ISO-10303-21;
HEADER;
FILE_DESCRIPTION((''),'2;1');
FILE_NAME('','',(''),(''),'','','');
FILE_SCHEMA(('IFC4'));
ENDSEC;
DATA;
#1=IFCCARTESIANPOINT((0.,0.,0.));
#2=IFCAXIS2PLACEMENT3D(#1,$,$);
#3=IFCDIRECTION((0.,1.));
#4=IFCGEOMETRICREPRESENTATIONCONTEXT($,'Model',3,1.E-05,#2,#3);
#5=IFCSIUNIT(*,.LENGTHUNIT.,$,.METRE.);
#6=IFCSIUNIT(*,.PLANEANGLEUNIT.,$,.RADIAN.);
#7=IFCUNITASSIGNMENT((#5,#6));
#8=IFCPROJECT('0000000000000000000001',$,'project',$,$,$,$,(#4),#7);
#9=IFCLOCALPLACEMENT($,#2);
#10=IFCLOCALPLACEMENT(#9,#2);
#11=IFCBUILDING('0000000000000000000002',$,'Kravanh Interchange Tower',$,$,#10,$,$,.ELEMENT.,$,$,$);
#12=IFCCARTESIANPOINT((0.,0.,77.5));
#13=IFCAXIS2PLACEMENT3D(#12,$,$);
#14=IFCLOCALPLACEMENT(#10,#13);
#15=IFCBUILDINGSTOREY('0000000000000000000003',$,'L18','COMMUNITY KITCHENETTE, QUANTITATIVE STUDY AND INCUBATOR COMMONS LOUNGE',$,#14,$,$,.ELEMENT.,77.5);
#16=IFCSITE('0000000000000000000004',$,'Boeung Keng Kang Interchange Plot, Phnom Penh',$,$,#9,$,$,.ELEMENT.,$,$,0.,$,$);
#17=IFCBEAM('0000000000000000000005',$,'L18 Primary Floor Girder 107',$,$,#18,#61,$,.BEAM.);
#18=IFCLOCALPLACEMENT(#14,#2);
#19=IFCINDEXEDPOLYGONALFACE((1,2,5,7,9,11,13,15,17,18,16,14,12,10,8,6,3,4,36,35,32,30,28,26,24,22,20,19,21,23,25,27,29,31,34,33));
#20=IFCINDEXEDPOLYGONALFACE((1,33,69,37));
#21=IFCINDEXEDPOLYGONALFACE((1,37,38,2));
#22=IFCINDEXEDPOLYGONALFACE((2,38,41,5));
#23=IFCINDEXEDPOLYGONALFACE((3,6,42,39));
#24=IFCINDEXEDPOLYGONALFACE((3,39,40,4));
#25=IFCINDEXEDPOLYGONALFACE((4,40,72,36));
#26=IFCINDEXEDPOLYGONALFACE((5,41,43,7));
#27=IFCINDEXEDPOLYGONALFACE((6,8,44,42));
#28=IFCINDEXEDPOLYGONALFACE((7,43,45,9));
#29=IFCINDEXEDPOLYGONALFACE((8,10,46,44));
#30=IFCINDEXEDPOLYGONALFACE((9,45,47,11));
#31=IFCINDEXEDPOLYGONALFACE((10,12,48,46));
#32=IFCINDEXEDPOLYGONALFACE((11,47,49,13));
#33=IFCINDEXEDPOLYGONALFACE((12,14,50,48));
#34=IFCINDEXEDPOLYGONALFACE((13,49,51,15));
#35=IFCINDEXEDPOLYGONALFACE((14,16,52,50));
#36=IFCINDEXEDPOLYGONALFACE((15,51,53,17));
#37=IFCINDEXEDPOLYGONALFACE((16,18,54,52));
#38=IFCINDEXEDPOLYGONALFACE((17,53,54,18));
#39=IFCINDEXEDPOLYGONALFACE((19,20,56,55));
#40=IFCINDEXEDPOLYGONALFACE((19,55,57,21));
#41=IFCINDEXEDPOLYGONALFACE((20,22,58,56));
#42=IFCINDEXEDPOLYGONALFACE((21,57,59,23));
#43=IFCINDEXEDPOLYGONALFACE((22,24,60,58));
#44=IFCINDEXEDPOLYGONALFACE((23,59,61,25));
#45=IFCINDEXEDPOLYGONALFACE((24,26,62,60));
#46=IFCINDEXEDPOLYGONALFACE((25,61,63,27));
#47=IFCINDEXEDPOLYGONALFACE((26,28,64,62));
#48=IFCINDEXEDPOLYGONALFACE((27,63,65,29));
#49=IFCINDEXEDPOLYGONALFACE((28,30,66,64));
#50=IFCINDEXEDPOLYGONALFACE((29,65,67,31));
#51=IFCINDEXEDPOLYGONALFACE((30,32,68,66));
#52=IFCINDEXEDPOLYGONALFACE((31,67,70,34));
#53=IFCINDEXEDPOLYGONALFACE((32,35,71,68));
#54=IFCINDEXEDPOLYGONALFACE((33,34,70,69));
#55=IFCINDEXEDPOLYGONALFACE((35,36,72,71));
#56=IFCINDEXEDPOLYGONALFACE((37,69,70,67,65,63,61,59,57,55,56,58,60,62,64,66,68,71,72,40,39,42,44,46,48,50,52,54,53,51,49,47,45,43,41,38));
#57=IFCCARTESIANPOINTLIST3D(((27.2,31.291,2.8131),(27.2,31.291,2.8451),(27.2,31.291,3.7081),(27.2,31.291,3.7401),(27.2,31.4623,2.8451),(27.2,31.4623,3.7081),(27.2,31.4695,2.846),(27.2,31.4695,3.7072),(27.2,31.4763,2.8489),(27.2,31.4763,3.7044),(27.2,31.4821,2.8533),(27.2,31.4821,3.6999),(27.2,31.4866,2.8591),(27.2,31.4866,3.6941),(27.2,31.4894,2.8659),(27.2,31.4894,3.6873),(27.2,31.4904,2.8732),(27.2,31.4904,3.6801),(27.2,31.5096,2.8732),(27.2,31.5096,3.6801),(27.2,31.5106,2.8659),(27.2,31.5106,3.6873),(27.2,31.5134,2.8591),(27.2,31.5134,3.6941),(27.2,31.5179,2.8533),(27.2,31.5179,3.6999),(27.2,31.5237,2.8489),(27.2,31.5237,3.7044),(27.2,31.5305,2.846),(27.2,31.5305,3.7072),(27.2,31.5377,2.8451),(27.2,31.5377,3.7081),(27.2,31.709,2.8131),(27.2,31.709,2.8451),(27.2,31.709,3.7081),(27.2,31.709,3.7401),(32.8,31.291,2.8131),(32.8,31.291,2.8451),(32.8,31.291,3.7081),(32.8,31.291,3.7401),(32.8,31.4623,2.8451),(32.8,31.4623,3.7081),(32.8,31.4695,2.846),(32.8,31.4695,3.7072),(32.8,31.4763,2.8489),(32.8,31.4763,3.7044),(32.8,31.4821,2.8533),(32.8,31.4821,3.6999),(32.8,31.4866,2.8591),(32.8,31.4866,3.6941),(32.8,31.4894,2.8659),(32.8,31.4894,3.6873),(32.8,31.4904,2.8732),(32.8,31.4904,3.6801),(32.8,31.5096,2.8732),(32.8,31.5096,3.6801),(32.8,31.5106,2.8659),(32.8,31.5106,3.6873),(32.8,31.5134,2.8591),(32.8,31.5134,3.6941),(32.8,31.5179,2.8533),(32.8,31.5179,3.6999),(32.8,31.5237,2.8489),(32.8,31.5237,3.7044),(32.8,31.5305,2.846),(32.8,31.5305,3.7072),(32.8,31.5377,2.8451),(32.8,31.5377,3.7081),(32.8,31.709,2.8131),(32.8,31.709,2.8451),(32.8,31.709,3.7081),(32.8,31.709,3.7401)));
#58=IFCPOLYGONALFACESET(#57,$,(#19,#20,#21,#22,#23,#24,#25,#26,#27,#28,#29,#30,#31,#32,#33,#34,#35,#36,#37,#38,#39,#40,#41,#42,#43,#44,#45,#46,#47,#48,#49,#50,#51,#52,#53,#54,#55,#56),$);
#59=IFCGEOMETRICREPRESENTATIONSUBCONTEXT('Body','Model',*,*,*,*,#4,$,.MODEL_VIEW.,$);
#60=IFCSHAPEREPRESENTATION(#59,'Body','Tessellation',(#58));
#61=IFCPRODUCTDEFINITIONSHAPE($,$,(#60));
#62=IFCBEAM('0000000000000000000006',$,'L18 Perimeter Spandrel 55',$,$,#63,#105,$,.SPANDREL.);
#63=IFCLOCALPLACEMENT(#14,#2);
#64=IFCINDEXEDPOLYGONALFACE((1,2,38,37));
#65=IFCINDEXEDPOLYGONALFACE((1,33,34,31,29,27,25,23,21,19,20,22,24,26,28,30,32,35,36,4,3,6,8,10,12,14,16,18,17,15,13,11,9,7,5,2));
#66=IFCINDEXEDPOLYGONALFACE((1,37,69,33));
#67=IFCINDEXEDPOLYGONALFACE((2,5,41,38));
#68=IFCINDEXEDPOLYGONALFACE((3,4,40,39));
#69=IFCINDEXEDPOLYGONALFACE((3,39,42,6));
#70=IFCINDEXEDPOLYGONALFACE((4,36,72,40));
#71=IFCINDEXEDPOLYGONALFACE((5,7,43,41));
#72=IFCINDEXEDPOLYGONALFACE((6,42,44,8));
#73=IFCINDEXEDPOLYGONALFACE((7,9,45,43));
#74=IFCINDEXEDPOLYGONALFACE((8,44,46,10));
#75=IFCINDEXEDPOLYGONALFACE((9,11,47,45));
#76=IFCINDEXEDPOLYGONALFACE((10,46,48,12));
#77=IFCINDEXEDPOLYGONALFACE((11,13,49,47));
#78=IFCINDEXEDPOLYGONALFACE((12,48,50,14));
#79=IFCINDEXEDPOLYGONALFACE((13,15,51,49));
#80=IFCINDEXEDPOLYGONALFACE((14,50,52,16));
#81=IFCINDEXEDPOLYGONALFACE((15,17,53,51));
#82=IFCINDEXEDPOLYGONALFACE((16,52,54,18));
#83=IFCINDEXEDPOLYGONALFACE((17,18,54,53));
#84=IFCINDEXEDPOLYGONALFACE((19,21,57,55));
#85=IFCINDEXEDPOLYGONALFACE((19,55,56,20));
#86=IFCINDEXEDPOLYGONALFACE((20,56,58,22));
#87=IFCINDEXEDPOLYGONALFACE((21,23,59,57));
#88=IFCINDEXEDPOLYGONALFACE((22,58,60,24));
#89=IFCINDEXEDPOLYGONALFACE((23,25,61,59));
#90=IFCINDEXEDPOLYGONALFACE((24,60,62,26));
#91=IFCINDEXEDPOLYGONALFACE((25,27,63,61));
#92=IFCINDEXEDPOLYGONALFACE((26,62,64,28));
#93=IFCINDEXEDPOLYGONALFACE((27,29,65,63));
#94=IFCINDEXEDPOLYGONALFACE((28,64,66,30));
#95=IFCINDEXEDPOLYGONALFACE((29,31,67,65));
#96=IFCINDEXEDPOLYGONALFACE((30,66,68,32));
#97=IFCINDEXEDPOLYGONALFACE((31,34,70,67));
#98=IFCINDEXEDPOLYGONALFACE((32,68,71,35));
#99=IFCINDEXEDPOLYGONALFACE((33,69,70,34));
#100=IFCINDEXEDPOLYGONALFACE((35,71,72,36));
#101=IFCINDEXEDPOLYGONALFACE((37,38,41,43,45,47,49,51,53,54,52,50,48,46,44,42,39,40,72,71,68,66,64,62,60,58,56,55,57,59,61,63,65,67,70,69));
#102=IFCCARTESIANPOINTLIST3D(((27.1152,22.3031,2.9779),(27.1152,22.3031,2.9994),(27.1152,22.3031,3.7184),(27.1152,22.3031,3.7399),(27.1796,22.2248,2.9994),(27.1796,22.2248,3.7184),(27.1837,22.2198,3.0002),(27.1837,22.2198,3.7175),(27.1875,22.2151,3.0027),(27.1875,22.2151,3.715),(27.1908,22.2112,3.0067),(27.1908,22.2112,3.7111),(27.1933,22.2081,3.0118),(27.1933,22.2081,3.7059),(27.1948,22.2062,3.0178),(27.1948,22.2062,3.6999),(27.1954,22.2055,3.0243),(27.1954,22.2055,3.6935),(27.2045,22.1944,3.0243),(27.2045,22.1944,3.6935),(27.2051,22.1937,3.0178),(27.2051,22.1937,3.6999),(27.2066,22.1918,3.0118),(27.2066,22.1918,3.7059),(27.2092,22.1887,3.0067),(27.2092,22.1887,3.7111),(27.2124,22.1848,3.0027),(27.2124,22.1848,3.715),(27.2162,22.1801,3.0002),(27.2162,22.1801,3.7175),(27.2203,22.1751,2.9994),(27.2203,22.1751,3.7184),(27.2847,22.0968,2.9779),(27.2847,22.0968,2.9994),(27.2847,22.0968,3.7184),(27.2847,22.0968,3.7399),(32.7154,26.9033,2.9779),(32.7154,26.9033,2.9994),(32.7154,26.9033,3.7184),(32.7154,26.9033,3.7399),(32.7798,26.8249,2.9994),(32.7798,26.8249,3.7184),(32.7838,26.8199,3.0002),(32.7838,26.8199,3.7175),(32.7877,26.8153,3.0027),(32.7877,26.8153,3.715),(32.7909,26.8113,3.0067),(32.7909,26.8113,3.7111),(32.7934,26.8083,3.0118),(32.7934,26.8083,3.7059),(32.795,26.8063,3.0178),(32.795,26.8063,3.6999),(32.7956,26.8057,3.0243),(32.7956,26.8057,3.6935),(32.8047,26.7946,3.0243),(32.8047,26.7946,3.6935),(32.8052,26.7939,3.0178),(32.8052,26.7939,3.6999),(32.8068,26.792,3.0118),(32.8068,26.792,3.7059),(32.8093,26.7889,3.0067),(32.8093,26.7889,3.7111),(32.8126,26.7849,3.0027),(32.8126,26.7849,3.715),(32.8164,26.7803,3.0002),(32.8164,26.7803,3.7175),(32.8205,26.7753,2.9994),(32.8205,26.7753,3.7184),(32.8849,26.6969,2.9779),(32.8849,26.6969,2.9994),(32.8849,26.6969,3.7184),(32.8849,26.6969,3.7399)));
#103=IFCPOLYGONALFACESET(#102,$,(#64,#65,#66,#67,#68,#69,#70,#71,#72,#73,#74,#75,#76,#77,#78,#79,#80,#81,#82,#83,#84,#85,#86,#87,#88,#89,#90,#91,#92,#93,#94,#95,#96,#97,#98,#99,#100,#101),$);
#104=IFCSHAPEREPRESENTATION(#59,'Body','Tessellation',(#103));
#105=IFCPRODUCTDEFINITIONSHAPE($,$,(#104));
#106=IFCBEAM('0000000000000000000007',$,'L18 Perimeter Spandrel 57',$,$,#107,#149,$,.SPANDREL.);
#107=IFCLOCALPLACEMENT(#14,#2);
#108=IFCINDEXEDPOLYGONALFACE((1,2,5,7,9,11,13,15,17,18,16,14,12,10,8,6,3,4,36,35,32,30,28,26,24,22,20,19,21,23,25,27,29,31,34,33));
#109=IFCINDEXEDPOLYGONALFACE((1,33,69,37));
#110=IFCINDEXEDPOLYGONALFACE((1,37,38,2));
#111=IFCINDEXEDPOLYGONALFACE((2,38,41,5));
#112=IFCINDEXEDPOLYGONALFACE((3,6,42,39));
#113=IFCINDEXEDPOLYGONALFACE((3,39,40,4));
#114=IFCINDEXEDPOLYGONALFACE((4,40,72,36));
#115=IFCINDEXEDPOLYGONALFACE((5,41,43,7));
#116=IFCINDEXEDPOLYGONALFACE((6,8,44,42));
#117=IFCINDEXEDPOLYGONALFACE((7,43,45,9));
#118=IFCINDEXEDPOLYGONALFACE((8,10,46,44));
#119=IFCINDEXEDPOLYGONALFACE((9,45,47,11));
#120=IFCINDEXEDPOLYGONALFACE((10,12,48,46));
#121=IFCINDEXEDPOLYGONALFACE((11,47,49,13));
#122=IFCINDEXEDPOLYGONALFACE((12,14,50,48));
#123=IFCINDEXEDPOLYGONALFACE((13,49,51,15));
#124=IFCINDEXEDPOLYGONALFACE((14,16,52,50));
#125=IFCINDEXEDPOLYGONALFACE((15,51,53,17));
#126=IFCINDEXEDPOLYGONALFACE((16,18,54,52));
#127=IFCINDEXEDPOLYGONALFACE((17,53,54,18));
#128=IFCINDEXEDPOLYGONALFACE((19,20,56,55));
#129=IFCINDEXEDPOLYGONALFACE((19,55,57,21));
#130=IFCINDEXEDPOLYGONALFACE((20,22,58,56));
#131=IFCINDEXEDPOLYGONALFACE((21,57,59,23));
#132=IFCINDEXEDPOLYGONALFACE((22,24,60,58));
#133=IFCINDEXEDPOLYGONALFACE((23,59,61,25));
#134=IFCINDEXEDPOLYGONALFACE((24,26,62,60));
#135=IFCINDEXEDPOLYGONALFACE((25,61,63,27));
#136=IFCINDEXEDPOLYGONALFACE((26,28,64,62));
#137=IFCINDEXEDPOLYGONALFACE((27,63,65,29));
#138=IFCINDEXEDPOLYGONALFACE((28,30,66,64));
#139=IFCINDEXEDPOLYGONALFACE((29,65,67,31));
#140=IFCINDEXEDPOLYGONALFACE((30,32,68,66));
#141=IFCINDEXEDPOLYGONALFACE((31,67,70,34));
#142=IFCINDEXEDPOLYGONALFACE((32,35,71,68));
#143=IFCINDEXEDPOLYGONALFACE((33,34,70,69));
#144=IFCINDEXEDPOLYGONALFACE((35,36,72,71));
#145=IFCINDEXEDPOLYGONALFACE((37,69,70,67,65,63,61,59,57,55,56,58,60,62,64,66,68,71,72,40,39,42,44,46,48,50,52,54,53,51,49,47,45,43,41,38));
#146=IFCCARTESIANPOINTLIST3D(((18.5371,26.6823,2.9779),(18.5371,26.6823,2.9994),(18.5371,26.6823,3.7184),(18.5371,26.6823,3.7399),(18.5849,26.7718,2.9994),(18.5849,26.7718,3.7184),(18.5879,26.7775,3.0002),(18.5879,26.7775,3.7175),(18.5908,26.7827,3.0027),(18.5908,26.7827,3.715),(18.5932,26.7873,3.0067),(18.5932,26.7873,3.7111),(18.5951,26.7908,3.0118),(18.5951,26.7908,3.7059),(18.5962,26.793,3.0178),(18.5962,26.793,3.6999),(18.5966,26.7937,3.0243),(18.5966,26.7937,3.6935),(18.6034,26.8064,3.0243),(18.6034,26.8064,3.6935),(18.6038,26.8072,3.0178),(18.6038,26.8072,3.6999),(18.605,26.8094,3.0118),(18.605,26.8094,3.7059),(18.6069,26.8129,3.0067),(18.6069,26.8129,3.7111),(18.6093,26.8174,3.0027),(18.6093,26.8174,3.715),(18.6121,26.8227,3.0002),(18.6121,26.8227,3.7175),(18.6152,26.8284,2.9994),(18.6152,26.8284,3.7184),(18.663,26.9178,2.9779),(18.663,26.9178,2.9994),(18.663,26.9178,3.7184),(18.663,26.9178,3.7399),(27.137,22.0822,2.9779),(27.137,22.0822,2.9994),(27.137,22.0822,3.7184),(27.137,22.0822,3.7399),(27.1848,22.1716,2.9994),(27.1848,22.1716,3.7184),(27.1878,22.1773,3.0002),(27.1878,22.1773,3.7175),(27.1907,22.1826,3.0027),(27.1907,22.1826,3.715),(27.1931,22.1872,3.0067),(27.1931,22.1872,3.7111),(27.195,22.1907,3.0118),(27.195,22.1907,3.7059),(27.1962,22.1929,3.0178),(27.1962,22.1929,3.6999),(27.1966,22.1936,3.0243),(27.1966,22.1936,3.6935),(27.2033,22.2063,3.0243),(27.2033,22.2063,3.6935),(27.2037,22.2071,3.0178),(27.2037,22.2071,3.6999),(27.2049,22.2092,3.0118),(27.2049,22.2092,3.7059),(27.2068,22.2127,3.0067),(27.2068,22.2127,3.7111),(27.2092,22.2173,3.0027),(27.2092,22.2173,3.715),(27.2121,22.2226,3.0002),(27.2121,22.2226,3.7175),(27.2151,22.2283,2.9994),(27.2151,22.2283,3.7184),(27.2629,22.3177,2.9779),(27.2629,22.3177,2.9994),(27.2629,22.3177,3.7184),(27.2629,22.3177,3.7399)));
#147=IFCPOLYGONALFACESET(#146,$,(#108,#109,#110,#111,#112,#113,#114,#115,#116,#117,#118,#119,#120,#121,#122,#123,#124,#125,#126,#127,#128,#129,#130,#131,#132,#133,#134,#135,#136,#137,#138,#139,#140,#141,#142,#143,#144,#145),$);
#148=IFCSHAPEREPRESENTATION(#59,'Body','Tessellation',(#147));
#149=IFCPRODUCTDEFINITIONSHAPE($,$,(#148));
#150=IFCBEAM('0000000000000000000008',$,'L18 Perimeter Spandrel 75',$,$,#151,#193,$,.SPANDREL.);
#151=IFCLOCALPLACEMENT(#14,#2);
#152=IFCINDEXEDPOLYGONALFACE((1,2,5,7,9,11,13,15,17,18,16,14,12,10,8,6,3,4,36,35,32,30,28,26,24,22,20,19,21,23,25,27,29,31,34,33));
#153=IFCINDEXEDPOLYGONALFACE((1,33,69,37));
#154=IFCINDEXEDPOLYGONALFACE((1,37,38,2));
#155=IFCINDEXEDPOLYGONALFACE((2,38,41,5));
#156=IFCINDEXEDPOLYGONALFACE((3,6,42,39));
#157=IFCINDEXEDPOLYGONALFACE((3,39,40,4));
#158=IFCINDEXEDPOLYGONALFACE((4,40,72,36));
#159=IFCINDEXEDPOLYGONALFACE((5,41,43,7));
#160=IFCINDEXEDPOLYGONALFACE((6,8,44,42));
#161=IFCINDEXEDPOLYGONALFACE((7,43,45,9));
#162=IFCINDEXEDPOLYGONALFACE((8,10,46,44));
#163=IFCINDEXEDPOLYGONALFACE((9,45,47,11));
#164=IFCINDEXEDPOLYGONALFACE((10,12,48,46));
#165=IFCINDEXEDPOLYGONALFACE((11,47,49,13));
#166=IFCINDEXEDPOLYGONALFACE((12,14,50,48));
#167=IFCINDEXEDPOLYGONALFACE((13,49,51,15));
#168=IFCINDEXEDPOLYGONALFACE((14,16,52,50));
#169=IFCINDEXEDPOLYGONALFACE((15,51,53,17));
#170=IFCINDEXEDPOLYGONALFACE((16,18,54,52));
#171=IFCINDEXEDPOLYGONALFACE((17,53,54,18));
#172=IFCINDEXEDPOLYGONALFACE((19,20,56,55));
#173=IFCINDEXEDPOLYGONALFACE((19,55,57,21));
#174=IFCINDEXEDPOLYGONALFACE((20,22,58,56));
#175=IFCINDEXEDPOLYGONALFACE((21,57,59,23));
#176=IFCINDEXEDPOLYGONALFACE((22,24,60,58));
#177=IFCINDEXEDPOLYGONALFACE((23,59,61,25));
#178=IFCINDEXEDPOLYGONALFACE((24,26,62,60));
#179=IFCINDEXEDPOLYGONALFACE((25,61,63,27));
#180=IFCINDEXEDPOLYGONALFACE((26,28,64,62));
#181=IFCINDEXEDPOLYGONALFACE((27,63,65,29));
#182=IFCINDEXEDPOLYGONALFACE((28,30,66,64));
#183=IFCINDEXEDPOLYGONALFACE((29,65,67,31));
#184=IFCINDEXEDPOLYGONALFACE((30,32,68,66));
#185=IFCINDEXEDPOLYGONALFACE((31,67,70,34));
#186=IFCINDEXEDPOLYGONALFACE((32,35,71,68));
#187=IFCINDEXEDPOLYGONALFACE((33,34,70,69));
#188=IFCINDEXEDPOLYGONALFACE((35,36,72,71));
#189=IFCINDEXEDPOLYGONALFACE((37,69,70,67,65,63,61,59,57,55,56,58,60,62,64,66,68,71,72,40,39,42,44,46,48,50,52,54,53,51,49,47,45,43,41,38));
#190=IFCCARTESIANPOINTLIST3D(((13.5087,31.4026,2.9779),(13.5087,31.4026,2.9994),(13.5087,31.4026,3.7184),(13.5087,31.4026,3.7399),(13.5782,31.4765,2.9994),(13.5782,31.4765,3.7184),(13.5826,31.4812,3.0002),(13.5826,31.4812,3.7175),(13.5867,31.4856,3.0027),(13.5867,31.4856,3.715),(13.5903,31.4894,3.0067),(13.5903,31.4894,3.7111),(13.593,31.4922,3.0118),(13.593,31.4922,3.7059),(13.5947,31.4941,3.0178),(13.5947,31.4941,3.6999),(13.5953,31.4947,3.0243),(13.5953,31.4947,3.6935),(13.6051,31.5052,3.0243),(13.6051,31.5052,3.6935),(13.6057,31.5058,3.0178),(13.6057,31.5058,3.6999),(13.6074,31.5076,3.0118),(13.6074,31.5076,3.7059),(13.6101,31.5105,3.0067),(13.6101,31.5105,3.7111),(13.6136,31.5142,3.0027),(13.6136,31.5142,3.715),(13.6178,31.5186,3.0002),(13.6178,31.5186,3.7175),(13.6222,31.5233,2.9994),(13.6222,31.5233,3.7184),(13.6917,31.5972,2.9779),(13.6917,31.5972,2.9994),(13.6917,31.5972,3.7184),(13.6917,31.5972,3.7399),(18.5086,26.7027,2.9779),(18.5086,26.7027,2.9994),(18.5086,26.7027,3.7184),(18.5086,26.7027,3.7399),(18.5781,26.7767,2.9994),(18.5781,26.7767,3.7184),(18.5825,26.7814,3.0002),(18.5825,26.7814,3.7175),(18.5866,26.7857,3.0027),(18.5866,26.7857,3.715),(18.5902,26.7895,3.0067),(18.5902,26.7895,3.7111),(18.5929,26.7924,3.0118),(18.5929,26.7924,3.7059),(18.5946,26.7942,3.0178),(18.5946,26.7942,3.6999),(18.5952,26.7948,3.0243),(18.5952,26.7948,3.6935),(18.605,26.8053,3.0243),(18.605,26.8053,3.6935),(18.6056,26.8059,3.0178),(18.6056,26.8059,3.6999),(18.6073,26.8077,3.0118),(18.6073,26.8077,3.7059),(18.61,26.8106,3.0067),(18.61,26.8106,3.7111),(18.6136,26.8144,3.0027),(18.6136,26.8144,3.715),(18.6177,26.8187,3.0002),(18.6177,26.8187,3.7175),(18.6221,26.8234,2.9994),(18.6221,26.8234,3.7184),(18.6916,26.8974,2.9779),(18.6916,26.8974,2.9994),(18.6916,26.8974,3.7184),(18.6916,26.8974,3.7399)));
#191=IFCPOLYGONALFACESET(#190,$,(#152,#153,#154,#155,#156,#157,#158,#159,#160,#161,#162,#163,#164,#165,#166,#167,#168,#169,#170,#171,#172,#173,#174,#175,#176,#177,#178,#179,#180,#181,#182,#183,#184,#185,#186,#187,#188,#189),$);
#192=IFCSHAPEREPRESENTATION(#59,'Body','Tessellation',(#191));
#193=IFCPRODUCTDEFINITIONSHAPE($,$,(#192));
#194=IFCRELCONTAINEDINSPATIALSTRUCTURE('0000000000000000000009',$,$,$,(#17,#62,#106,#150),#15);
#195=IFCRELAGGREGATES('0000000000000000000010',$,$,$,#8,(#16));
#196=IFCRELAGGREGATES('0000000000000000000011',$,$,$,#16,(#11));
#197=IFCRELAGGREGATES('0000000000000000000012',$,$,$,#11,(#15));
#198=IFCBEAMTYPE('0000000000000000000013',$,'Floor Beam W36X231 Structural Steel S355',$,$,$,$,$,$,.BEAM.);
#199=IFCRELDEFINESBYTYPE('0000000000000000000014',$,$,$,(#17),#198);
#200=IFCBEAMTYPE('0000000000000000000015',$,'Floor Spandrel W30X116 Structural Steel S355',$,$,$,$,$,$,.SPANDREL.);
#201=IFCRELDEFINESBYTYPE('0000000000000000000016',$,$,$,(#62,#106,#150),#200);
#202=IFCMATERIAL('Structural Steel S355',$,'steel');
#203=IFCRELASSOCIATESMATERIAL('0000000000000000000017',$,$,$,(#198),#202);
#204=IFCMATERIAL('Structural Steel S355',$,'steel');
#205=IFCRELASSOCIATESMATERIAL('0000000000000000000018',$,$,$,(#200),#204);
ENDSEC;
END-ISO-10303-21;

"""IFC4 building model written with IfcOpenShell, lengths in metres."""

from ifc_helpers import new_model, si_unit, direction, frame, origin, origin_2d, place, context, subcontext, project, spatial, i_section, extrude, material, material_profile, profile_set, type_object, element, save


model = new_model("IFC4")

# Units and contexts
model_context = context("Model", 3, precision=1e-05, world=origin(), true_north=direction((0.0, 1.0)))
body_context = subcontext(model_context, "Body", "Model", "MODEL_VIEW")
ifc_project = project(units=[si_unit("LENGTHUNIT", "METRE"), si_unit("PLANEANGLEUNIT", "RADIAN")], contexts=[model_context])

# Site, building, storey
site_placement = place(None, origin())
site = spatial("IfcSite", under=ifc_project, at=site_placement, Name="Boeung Keng Kang Interchange Plot, Phnom Penh", CompositionType="ELEMENT", RefElevation=0.0)
building_placement = place(site_placement, origin())
building = spatial("IfcBuilding", under=site, at=building_placement, Name="Kravanh Interchange Tower", CompositionType="ELEMENT")
storey_placement = place(building_placement, frame((0.0, 0.0, 77.5)))
storey = spatial("IfcBuildingStorey", under=building, at=storey_placement, Name="L18", Description="COMMUNITY KITCHENETTE, QUANTITATIVE STUDY AND INCUBATOR COMMONS LOUNGE", CompositionType="ELEMENT", Elevation=77.5)

# Beams
ifc_material_1 = material(Name="Structural Steel S355", Category="steel")
ifc_material_profile_1 = material_profile(ifc_material_1, i_section(OverallWidth=0.418, OverallDepth=0.927, WebThickness=0.0193, FlangeThickness=0.032, FilletRadius=0.0281, at=origin_2d()), Name="W36X231")
ifc_profile_set_1 = profile_set([ifc_material_profile_1], Name="Structural Steel S355")
beam_type_1 = type_object("IfcBeamType", Name="Floor Beam W36X231 Structural Steel S355", PredefinedType="BEAM", material=ifc_profile_set_1)
beam_1_placement = place(storey_placement, frame((27.2, 31.5, 3.2766), z_axis=(1.0, 0.0, 0.0), x_axis=(0.0, 1.0, 0.0)))
element("IfcBeam", 1, at=beam_1_placement, inside=storey, type_object=beam_type_1, Name="L18 Primary Floor Girder 107", PredefinedType="BEAM", context=body_context, shape_type="SweptSolid", body=[
    extrude(i_section(OverallWidth=0.418, OverallDepth=0.927, WebThickness=0.0193, FlangeThickness=0.032, FilletRadius=0.0281, at=origin_2d()), origin(), (0.0, 0.0, 1.0), 5.6001),
])
ifc_material_2 = material(Name="Structural Steel S355", Category="steel")
ifc_material_profile_2 = material_profile(ifc_material_2, i_section(OverallWidth=0.2671, OverallDepth=0.762, WebThickness=0.0144, FlangeThickness=0.0215, FilletRadius=0.0249, at=origin_2d()), Name="W30X116")
ifc_profile_set_2 = profile_set([ifc_material_profile_2], Name="Structural Steel S355")
beam_type_2 = type_object("IfcBeamType", Name="Floor Spandrel W30X116 Structural Steel S355", PredefinedType="SPANDREL", material=ifc_profile_set_2)
beam_2_placement = place(storey_placement, frame((27.2, 22.2, 3.3589), z_axis=(0.772725, 0.634741, 0.0), x_axis=(-0.634741, 0.772725, 0.0)))
element("IfcBeam", 2, at=beam_2_placement, inside=storey, type_object=beam_type_2, Name="L18 Perimeter Spandrel 55", PredefinedType="SPANDREL", context=body_context, shape_type="SweptSolid", body=[
    extrude(i_section(OverallWidth=0.2671, OverallDepth=0.762, WebThickness=0.0144, FlangeThickness=0.0215, FilletRadius=0.0249, at=origin_2d()), origin(), (0.0, 0.0, 1.0), 7.2473),
])
beam_3_placement = place(storey_placement, frame((27.2, 22.2, 3.3589), z_axis=(-0.881777, 0.471666, 0.0), x_axis=(-0.471666, -0.881777, 0.0)))
element("IfcBeam", 3, at=beam_3_placement, inside=storey, type_object=beam_type_2, Name="L18 Perimeter Spandrel 57", PredefinedType="SPANDREL", context=body_context, shape_type="SweptSolid", body=[
    extrude(i_section(OverallWidth=0.2671, OverallDepth=0.762, WebThickness=0.0144, FlangeThickness=0.0215, FilletRadius=0.0249, at=origin_2d()), origin(), (0.0, 0.0, 1.0), 9.7529),
])
beam_4_placement = place(storey_placement, frame((18.6001, 26.8, 3.3589), z_axis=(-0.728631, 0.684906, 0.0), x_axis=(-0.684906, -0.728631, 0.0)))
element("IfcBeam", 4, at=beam_4_placement, inside=storey, type_object=beam_type_2, Name="L18 Perimeter Spandrel 75", PredefinedType="SPANDREL", context=body_context, shape_type="SweptSolid", body=[
    extrude(i_section(OverallWidth=0.2671, OverallDepth=0.762, WebThickness=0.0144, FlangeThickness=0.0215, FilletRadius=0.0249, at=origin_2d()), origin(), (0.0, 0.0, 1.0), 6.8621),
])

save(model, "model.ifc")
